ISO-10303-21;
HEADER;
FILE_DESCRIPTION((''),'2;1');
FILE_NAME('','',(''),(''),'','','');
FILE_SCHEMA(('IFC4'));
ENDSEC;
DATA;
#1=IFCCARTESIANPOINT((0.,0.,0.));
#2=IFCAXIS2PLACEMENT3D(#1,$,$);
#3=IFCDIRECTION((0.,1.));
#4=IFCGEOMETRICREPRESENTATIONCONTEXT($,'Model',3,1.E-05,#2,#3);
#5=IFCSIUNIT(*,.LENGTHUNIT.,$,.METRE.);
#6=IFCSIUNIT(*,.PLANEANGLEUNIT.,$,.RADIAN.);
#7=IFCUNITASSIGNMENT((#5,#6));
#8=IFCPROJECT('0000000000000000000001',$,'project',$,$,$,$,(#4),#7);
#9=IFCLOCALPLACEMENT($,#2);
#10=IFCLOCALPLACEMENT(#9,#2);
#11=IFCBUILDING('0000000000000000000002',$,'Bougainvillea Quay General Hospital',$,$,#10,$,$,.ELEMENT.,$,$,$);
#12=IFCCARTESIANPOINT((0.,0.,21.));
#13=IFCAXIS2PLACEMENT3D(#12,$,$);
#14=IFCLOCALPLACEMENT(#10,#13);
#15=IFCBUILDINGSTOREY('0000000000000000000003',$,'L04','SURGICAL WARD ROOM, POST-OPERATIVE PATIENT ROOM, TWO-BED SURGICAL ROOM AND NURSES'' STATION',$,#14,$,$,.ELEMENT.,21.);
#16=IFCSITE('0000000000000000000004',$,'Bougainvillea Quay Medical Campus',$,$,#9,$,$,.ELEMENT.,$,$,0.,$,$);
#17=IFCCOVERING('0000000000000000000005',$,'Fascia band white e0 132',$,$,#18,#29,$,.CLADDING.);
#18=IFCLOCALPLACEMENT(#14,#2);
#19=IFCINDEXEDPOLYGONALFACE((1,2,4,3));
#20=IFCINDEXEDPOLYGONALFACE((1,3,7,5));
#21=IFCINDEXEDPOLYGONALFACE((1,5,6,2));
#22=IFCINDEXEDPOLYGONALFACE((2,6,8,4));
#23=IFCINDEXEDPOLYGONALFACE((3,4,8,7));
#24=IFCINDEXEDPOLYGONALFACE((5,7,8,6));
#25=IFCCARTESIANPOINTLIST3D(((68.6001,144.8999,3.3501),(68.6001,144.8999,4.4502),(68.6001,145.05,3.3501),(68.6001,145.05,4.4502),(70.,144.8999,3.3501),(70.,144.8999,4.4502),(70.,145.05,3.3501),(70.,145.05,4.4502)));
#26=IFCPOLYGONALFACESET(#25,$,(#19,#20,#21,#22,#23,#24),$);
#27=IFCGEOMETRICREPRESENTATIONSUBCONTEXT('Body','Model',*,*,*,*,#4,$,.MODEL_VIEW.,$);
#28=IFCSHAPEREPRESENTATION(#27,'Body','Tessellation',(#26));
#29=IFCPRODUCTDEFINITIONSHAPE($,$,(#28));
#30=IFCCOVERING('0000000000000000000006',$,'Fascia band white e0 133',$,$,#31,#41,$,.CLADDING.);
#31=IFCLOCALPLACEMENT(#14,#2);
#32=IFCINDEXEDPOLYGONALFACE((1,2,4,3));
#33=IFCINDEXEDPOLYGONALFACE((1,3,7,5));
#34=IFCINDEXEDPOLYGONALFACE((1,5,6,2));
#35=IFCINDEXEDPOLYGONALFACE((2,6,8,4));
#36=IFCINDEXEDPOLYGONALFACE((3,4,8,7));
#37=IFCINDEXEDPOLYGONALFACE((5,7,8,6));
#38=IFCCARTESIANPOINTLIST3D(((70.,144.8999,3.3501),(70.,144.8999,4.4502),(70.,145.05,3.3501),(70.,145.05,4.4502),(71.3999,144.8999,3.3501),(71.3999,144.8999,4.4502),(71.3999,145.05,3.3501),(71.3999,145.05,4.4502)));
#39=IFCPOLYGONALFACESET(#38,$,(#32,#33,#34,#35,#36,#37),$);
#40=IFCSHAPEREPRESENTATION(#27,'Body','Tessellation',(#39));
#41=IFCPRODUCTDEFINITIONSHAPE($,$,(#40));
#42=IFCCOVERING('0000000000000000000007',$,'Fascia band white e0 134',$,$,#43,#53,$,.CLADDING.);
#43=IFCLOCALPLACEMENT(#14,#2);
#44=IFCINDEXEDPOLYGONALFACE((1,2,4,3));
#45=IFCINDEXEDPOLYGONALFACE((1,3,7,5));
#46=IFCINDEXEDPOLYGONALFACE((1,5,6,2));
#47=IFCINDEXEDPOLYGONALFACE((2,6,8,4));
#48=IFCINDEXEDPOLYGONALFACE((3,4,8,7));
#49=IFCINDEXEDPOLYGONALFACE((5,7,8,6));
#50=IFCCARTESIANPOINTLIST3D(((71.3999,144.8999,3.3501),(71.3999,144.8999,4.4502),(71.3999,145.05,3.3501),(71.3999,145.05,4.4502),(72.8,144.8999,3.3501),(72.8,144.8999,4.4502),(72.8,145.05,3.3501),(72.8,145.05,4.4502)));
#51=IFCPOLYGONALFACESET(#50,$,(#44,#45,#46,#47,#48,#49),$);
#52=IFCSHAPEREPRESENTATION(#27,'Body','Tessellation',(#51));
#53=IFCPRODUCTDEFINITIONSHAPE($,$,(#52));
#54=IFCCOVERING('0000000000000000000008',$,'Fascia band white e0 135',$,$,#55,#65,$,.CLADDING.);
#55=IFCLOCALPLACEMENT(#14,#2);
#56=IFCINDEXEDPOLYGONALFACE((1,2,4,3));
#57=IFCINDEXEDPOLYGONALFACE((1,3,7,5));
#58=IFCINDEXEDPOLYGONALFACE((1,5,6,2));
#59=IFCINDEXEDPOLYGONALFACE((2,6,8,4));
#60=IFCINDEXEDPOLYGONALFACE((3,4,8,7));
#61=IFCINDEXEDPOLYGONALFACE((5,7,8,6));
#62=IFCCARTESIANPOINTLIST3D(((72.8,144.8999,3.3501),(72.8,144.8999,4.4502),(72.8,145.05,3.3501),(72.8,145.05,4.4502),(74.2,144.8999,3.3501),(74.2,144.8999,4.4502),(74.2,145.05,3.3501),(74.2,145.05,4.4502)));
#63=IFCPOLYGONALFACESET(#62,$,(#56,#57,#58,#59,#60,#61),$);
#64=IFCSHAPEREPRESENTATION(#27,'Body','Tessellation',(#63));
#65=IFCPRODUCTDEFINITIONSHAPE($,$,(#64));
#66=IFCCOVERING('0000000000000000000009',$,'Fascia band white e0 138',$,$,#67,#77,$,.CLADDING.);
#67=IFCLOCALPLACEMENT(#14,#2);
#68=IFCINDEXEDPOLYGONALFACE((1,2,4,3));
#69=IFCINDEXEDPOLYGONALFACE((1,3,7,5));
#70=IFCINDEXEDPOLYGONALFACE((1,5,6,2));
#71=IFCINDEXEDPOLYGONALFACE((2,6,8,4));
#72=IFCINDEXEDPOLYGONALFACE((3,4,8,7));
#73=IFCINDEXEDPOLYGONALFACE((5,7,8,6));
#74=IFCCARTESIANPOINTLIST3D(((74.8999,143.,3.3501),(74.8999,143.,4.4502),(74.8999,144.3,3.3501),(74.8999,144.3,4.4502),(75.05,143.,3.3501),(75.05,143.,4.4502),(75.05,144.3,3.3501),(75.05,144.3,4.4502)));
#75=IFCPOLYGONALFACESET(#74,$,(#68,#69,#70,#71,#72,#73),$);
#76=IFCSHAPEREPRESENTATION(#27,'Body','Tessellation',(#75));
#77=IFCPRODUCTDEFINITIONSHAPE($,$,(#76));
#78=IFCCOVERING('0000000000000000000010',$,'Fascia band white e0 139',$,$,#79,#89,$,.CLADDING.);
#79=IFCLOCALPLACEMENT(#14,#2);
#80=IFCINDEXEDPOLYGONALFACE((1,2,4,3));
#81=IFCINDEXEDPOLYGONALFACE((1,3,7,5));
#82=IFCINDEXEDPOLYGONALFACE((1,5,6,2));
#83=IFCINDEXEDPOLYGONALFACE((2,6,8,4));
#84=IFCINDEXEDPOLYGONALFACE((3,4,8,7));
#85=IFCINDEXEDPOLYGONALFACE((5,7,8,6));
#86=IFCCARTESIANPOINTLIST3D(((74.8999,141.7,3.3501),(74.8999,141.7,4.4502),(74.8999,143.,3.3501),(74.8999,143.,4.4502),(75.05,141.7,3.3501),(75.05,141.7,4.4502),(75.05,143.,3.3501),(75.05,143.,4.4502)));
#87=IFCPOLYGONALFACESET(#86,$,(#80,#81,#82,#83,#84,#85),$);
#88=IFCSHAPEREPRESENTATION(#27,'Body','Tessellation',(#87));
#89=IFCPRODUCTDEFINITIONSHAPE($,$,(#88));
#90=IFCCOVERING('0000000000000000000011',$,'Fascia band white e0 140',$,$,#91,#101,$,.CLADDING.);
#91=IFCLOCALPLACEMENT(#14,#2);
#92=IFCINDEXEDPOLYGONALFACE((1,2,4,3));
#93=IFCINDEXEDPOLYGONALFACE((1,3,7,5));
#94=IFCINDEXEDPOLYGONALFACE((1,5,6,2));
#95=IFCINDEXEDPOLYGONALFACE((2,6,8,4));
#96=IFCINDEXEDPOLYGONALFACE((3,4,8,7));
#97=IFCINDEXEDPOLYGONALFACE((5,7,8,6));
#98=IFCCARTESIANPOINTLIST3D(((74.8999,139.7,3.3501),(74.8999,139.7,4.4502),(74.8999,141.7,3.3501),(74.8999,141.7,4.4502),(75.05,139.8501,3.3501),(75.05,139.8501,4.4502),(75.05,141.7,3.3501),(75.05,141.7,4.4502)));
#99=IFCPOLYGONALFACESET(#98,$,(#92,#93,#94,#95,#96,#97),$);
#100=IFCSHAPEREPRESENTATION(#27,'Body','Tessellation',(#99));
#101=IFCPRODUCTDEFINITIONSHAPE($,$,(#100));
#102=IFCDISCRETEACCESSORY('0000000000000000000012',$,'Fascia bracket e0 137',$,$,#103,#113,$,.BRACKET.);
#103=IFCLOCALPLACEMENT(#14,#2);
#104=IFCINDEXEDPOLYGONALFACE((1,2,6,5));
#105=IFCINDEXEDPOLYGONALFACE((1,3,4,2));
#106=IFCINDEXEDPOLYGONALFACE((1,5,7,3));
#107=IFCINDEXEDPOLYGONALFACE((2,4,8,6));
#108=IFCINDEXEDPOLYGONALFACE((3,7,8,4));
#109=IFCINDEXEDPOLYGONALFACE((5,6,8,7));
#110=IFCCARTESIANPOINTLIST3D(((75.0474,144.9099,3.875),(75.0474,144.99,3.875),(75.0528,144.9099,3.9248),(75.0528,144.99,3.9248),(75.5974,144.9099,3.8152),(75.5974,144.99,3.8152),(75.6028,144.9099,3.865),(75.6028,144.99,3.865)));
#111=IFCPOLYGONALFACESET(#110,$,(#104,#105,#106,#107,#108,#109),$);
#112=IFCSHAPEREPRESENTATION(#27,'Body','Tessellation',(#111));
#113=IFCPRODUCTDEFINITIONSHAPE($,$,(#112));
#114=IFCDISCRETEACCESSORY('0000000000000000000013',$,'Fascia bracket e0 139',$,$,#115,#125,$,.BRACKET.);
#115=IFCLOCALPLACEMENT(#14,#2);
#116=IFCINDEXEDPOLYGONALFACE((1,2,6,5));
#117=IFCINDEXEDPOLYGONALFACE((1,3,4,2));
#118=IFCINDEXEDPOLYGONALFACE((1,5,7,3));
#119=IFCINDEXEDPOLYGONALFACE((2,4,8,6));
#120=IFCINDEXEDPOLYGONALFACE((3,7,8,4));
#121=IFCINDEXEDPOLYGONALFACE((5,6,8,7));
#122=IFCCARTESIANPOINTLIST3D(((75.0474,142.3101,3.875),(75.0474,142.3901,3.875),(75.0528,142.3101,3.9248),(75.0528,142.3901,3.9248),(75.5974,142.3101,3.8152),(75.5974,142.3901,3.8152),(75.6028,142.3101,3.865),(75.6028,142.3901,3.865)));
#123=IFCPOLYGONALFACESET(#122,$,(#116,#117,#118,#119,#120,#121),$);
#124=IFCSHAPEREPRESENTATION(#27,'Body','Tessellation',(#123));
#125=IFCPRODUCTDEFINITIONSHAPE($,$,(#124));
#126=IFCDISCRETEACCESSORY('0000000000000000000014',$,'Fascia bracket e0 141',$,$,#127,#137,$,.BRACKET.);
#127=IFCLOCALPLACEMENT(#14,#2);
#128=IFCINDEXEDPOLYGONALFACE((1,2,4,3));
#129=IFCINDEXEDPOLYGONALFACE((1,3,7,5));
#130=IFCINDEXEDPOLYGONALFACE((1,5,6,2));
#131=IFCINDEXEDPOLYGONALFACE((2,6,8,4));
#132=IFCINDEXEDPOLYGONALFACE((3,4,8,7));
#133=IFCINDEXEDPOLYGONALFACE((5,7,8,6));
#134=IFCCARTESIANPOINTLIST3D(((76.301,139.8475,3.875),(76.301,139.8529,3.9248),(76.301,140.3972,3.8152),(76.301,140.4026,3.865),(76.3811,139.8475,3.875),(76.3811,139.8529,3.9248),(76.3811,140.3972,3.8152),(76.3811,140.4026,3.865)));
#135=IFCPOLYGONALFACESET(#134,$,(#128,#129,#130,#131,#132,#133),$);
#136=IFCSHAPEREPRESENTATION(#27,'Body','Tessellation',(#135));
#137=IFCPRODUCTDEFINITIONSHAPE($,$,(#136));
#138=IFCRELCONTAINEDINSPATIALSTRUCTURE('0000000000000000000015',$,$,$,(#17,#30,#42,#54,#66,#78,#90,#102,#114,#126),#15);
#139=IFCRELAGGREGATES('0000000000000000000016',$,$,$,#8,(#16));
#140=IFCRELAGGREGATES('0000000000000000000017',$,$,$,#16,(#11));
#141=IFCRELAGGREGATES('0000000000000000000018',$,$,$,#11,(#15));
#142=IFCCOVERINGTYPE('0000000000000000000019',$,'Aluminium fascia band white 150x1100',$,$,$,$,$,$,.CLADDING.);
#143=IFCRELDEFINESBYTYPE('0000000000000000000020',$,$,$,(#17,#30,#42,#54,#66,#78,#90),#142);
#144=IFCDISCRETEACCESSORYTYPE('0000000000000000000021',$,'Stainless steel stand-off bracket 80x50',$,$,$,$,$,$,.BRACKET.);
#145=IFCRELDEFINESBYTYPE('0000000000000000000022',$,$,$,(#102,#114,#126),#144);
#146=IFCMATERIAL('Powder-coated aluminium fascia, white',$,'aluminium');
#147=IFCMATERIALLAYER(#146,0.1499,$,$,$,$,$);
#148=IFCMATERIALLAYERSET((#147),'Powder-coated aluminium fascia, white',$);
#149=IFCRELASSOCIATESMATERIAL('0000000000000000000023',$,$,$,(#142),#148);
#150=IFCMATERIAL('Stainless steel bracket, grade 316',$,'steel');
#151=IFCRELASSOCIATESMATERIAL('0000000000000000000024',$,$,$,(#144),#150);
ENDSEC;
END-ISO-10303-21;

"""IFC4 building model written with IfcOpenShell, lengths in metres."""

from ifc_helpers import new_model, si_unit, direction, frame, origin, origin_2d, place, context, subcontext, project, spatial, polyline, rectangle, outline, extrude, material, layer, layer_set, material_profile, profile_set, type_object, element, save


model = new_model("IFC4")

# Units and contexts
model_context = context("Model", 3, precision=1e-05, world=origin(), true_north=direction((0.0, 1.0)))
body_context = subcontext(model_context, "Body", "Model", "MODEL_VIEW")
ifc_project = project(units=[si_unit("LENGTHUNIT", "METRE"), si_unit("PLANEANGLEUNIT", "RADIAN")], contexts=[model_context])

# Site, building, storey
site_placement = place(None, origin())
site = spatial("IfcSite", under=ifc_project, at=site_placement, Name="Bougainvillea Quay Medical Campus", CompositionType="ELEMENT", RefElevation=0.0)
building_placement = place(site_placement, origin())
building = spatial("IfcBuilding", under=site, at=building_placement, Name="Bougainvillea Quay General Hospital", CompositionType="ELEMENT")
storey_placement = place(building_placement, frame((0.0, 0.0, 21.0)))
storey = spatial("IfcBuildingStorey", under=building, at=storey_placement, Name="L04", Description="SURGICAL WARD ROOM, POST-OPERATIVE PATIENT ROOM, TWO-BED SURGICAL ROOM AND NURSES' STATION", CompositionType="ELEMENT", Elevation=21.0)

# Coverings
ifc_material_1 = material(Name="Powder-coated aluminium fascia, white", Category="aluminium")
ifc_layer_1 = layer(ifc_material_1, 0.1499)
ifc_layer_set_1 = layer_set([ifc_layer_1], Name="Powder-coated aluminium fascia, white")
covering_type = type_object("IfcCoveringType", Name="Aluminium fascia band white 150x1100", PredefinedType="CLADDING", material=ifc_layer_set_1)
for number, where, z_axis, x_axis, name in (
    (1, (68.6001, 145.05, 3.3501), (0.0, 0.0, 1.0), (1.0, 0.0, 0.0), "Fascia band white e0 132"),
    (2, (70.0, 145.05, 3.3501), (0.0, 0.0, 1.0), (1.0, 0.0, 0.0), "Fascia band white e0 133"),
):
    element("IfcCovering", number, at=place(storey_placement, frame(where, z_axis=z_axis, x_axis=x_axis)), inside=storey, type_object=covering_type, Name=name, PredefinedType="CLADDING", context=body_context, shape_type="SweptSolid", body=[
        extrude(outline(polyline([(0.0, 0.0), (1.3999, 0.0), (1.3999, -0.1501), (0.0, -0.1501), (0.0, 0.0)])), origin(), (0.0, 0.0, 1.0), 1.1001),
    ])
covering_1_placement = place(storey_placement, frame((71.3999, 145.05, 3.3501), z_axis=(0.0, 0.0, 1.0), x_axis=(1.0, 0.0, 0.0)))
element("IfcCovering", 3, at=covering_1_placement, inside=storey, type_object=covering_type, Name="Fascia band white e0 134", PredefinedType="CLADDING", context=body_context, shape_type="SweptSolid", body=[
    extrude(outline(polyline([(0.0, 0.0), (1.4001, 0.0), (1.4001, -0.1501), (0.0, -0.1501), (0.0, 0.0)])), origin(), (0.0, 0.0, 1.0), 1.1001),
])
covering_2_placement = place(storey_placement, frame((72.8, 145.05, 3.3501), z_axis=(0.0, 0.0, 1.0), x_axis=(1.0, 0.0, 0.0)))
element("IfcCovering", 4, at=covering_2_placement, inside=storey, type_object=covering_type, Name="Fascia band white e0 135", PredefinedType="CLADDING", context=body_context, shape_type="SweptSolid", body=[
    extrude(outline(polyline([(0.0, 0.0), (1.3999, 0.0), (1.3999, -0.1501), (0.0, -0.1501), (0.0, 0.0)])), origin(), (0.0, 0.0, 1.0), 1.1001),
])
for number, where, z_axis, x_axis, name in (
    (5, (75.05, 144.3, 3.3501), (0.0, 0.0, 1.0), (0.0, -1.0, 0.0), "Fascia band white e0 138"),
    (6, (75.05, 143.0, 3.3501), (0.0, 0.0, 1.0), (0.0, -1.0, 0.0), "Fascia band white e0 139"),
):
    element("IfcCovering", number, at=place(storey_placement, frame(where, z_axis=z_axis, x_axis=x_axis)), inside=storey, type_object=covering_type, Name=name, PredefinedType="CLADDING", context=body_context, shape_type="SweptSolid", body=[
        extrude(outline(polyline([(0.0, 0.0), (1.3, 0.0), (1.3, -0.1501), (0.0, -0.1501), (0.0, 0.0)])), origin(), (0.0, 0.0, 1.0), 1.1001),
    ])
covering_3_placement = place(storey_placement, frame((75.05, 141.7, 3.3501), z_axis=(0.0, 0.0, 1.0), x_axis=(0.0, -1.0, 0.0)))
element("IfcCovering", 7, at=covering_3_placement, inside=storey, type_object=covering_type, Name="Fascia band white e0 140", PredefinedType="CLADDING", context=body_context, shape_type="SweptSolid", body=[
    extrude(outline(polyline([(0.0, 0.0), (1.8499, 0.0), (2.0, -0.1501), (0.0, -0.1501), (0.0, 0.0)])), origin(), (0.0, 0.0, 1.0), 1.1001),
])

# Discrete accessories
ifc_material_2 = material(Name="Stainless steel bracket, grade 316", Category="steel")
ifc_material_profile_1 = material_profile(ifc_material_2, rectangle(XDim=0.0801, YDim=0.05, at=origin_2d()))
ifc_profile_set_1 = profile_set([ifc_material_profile_1], Name="Stainless steel bracket, grade 316")
discrete_accessory_type = type_object("IfcDiscreteAccessoryType", Name="Stainless steel stand-off bracket 80x50", PredefinedType="BRACKET", material=ifc_profile_set_1)
for number, where, z_axis, x_axis, name in (
    (8, (75.6001, 144.95, 3.8401), (-0.994139, 0.0, 0.108107), (0.0, -1.0, 0.0), "Fascia bracket e0 137"),
    (9, (75.6001, 142.3501, 3.8401), (-0.994139, 0.0, 0.108107), (0.0, -1.0, 0.0), "Fascia bracket e0 139"),
):
    element("IfcDiscreteAccessory", number, at=place(storey_placement, frame(where, z_axis=z_axis, x_axis=x_axis)), inside=storey, type_object=discrete_accessory_type, Name=name, PredefinedType="BRACKET", context=body_context, shape_type="SweptSolid", body=[
        extrude(rectangle(XDim=0.0801, YDim=0.05, at=origin_2d()), origin(), (0.0, 0.0, 1.0), 0.5532),
    ])
discrete_accessory_placement = place(storey_placement, frame((76.3411, 140.3999, 3.8401), z_axis=(0.0, -0.994134, 0.108154), x_axis=(1.0, 0.0, 0.0)))
element("IfcDiscreteAccessory", 10, at=discrete_accessory_placement, inside=storey, type_object=discrete_accessory_type, Name="Fascia bracket e0 141", PredefinedType="BRACKET", context=body_context, shape_type="SweptSolid", body=[
    extrude(rectangle(XDim=0.0801, YDim=0.05, at=origin_2d()), origin(), (0.0, 0.0, 1.0), 0.553),
])

save(model, "model.ifc")
